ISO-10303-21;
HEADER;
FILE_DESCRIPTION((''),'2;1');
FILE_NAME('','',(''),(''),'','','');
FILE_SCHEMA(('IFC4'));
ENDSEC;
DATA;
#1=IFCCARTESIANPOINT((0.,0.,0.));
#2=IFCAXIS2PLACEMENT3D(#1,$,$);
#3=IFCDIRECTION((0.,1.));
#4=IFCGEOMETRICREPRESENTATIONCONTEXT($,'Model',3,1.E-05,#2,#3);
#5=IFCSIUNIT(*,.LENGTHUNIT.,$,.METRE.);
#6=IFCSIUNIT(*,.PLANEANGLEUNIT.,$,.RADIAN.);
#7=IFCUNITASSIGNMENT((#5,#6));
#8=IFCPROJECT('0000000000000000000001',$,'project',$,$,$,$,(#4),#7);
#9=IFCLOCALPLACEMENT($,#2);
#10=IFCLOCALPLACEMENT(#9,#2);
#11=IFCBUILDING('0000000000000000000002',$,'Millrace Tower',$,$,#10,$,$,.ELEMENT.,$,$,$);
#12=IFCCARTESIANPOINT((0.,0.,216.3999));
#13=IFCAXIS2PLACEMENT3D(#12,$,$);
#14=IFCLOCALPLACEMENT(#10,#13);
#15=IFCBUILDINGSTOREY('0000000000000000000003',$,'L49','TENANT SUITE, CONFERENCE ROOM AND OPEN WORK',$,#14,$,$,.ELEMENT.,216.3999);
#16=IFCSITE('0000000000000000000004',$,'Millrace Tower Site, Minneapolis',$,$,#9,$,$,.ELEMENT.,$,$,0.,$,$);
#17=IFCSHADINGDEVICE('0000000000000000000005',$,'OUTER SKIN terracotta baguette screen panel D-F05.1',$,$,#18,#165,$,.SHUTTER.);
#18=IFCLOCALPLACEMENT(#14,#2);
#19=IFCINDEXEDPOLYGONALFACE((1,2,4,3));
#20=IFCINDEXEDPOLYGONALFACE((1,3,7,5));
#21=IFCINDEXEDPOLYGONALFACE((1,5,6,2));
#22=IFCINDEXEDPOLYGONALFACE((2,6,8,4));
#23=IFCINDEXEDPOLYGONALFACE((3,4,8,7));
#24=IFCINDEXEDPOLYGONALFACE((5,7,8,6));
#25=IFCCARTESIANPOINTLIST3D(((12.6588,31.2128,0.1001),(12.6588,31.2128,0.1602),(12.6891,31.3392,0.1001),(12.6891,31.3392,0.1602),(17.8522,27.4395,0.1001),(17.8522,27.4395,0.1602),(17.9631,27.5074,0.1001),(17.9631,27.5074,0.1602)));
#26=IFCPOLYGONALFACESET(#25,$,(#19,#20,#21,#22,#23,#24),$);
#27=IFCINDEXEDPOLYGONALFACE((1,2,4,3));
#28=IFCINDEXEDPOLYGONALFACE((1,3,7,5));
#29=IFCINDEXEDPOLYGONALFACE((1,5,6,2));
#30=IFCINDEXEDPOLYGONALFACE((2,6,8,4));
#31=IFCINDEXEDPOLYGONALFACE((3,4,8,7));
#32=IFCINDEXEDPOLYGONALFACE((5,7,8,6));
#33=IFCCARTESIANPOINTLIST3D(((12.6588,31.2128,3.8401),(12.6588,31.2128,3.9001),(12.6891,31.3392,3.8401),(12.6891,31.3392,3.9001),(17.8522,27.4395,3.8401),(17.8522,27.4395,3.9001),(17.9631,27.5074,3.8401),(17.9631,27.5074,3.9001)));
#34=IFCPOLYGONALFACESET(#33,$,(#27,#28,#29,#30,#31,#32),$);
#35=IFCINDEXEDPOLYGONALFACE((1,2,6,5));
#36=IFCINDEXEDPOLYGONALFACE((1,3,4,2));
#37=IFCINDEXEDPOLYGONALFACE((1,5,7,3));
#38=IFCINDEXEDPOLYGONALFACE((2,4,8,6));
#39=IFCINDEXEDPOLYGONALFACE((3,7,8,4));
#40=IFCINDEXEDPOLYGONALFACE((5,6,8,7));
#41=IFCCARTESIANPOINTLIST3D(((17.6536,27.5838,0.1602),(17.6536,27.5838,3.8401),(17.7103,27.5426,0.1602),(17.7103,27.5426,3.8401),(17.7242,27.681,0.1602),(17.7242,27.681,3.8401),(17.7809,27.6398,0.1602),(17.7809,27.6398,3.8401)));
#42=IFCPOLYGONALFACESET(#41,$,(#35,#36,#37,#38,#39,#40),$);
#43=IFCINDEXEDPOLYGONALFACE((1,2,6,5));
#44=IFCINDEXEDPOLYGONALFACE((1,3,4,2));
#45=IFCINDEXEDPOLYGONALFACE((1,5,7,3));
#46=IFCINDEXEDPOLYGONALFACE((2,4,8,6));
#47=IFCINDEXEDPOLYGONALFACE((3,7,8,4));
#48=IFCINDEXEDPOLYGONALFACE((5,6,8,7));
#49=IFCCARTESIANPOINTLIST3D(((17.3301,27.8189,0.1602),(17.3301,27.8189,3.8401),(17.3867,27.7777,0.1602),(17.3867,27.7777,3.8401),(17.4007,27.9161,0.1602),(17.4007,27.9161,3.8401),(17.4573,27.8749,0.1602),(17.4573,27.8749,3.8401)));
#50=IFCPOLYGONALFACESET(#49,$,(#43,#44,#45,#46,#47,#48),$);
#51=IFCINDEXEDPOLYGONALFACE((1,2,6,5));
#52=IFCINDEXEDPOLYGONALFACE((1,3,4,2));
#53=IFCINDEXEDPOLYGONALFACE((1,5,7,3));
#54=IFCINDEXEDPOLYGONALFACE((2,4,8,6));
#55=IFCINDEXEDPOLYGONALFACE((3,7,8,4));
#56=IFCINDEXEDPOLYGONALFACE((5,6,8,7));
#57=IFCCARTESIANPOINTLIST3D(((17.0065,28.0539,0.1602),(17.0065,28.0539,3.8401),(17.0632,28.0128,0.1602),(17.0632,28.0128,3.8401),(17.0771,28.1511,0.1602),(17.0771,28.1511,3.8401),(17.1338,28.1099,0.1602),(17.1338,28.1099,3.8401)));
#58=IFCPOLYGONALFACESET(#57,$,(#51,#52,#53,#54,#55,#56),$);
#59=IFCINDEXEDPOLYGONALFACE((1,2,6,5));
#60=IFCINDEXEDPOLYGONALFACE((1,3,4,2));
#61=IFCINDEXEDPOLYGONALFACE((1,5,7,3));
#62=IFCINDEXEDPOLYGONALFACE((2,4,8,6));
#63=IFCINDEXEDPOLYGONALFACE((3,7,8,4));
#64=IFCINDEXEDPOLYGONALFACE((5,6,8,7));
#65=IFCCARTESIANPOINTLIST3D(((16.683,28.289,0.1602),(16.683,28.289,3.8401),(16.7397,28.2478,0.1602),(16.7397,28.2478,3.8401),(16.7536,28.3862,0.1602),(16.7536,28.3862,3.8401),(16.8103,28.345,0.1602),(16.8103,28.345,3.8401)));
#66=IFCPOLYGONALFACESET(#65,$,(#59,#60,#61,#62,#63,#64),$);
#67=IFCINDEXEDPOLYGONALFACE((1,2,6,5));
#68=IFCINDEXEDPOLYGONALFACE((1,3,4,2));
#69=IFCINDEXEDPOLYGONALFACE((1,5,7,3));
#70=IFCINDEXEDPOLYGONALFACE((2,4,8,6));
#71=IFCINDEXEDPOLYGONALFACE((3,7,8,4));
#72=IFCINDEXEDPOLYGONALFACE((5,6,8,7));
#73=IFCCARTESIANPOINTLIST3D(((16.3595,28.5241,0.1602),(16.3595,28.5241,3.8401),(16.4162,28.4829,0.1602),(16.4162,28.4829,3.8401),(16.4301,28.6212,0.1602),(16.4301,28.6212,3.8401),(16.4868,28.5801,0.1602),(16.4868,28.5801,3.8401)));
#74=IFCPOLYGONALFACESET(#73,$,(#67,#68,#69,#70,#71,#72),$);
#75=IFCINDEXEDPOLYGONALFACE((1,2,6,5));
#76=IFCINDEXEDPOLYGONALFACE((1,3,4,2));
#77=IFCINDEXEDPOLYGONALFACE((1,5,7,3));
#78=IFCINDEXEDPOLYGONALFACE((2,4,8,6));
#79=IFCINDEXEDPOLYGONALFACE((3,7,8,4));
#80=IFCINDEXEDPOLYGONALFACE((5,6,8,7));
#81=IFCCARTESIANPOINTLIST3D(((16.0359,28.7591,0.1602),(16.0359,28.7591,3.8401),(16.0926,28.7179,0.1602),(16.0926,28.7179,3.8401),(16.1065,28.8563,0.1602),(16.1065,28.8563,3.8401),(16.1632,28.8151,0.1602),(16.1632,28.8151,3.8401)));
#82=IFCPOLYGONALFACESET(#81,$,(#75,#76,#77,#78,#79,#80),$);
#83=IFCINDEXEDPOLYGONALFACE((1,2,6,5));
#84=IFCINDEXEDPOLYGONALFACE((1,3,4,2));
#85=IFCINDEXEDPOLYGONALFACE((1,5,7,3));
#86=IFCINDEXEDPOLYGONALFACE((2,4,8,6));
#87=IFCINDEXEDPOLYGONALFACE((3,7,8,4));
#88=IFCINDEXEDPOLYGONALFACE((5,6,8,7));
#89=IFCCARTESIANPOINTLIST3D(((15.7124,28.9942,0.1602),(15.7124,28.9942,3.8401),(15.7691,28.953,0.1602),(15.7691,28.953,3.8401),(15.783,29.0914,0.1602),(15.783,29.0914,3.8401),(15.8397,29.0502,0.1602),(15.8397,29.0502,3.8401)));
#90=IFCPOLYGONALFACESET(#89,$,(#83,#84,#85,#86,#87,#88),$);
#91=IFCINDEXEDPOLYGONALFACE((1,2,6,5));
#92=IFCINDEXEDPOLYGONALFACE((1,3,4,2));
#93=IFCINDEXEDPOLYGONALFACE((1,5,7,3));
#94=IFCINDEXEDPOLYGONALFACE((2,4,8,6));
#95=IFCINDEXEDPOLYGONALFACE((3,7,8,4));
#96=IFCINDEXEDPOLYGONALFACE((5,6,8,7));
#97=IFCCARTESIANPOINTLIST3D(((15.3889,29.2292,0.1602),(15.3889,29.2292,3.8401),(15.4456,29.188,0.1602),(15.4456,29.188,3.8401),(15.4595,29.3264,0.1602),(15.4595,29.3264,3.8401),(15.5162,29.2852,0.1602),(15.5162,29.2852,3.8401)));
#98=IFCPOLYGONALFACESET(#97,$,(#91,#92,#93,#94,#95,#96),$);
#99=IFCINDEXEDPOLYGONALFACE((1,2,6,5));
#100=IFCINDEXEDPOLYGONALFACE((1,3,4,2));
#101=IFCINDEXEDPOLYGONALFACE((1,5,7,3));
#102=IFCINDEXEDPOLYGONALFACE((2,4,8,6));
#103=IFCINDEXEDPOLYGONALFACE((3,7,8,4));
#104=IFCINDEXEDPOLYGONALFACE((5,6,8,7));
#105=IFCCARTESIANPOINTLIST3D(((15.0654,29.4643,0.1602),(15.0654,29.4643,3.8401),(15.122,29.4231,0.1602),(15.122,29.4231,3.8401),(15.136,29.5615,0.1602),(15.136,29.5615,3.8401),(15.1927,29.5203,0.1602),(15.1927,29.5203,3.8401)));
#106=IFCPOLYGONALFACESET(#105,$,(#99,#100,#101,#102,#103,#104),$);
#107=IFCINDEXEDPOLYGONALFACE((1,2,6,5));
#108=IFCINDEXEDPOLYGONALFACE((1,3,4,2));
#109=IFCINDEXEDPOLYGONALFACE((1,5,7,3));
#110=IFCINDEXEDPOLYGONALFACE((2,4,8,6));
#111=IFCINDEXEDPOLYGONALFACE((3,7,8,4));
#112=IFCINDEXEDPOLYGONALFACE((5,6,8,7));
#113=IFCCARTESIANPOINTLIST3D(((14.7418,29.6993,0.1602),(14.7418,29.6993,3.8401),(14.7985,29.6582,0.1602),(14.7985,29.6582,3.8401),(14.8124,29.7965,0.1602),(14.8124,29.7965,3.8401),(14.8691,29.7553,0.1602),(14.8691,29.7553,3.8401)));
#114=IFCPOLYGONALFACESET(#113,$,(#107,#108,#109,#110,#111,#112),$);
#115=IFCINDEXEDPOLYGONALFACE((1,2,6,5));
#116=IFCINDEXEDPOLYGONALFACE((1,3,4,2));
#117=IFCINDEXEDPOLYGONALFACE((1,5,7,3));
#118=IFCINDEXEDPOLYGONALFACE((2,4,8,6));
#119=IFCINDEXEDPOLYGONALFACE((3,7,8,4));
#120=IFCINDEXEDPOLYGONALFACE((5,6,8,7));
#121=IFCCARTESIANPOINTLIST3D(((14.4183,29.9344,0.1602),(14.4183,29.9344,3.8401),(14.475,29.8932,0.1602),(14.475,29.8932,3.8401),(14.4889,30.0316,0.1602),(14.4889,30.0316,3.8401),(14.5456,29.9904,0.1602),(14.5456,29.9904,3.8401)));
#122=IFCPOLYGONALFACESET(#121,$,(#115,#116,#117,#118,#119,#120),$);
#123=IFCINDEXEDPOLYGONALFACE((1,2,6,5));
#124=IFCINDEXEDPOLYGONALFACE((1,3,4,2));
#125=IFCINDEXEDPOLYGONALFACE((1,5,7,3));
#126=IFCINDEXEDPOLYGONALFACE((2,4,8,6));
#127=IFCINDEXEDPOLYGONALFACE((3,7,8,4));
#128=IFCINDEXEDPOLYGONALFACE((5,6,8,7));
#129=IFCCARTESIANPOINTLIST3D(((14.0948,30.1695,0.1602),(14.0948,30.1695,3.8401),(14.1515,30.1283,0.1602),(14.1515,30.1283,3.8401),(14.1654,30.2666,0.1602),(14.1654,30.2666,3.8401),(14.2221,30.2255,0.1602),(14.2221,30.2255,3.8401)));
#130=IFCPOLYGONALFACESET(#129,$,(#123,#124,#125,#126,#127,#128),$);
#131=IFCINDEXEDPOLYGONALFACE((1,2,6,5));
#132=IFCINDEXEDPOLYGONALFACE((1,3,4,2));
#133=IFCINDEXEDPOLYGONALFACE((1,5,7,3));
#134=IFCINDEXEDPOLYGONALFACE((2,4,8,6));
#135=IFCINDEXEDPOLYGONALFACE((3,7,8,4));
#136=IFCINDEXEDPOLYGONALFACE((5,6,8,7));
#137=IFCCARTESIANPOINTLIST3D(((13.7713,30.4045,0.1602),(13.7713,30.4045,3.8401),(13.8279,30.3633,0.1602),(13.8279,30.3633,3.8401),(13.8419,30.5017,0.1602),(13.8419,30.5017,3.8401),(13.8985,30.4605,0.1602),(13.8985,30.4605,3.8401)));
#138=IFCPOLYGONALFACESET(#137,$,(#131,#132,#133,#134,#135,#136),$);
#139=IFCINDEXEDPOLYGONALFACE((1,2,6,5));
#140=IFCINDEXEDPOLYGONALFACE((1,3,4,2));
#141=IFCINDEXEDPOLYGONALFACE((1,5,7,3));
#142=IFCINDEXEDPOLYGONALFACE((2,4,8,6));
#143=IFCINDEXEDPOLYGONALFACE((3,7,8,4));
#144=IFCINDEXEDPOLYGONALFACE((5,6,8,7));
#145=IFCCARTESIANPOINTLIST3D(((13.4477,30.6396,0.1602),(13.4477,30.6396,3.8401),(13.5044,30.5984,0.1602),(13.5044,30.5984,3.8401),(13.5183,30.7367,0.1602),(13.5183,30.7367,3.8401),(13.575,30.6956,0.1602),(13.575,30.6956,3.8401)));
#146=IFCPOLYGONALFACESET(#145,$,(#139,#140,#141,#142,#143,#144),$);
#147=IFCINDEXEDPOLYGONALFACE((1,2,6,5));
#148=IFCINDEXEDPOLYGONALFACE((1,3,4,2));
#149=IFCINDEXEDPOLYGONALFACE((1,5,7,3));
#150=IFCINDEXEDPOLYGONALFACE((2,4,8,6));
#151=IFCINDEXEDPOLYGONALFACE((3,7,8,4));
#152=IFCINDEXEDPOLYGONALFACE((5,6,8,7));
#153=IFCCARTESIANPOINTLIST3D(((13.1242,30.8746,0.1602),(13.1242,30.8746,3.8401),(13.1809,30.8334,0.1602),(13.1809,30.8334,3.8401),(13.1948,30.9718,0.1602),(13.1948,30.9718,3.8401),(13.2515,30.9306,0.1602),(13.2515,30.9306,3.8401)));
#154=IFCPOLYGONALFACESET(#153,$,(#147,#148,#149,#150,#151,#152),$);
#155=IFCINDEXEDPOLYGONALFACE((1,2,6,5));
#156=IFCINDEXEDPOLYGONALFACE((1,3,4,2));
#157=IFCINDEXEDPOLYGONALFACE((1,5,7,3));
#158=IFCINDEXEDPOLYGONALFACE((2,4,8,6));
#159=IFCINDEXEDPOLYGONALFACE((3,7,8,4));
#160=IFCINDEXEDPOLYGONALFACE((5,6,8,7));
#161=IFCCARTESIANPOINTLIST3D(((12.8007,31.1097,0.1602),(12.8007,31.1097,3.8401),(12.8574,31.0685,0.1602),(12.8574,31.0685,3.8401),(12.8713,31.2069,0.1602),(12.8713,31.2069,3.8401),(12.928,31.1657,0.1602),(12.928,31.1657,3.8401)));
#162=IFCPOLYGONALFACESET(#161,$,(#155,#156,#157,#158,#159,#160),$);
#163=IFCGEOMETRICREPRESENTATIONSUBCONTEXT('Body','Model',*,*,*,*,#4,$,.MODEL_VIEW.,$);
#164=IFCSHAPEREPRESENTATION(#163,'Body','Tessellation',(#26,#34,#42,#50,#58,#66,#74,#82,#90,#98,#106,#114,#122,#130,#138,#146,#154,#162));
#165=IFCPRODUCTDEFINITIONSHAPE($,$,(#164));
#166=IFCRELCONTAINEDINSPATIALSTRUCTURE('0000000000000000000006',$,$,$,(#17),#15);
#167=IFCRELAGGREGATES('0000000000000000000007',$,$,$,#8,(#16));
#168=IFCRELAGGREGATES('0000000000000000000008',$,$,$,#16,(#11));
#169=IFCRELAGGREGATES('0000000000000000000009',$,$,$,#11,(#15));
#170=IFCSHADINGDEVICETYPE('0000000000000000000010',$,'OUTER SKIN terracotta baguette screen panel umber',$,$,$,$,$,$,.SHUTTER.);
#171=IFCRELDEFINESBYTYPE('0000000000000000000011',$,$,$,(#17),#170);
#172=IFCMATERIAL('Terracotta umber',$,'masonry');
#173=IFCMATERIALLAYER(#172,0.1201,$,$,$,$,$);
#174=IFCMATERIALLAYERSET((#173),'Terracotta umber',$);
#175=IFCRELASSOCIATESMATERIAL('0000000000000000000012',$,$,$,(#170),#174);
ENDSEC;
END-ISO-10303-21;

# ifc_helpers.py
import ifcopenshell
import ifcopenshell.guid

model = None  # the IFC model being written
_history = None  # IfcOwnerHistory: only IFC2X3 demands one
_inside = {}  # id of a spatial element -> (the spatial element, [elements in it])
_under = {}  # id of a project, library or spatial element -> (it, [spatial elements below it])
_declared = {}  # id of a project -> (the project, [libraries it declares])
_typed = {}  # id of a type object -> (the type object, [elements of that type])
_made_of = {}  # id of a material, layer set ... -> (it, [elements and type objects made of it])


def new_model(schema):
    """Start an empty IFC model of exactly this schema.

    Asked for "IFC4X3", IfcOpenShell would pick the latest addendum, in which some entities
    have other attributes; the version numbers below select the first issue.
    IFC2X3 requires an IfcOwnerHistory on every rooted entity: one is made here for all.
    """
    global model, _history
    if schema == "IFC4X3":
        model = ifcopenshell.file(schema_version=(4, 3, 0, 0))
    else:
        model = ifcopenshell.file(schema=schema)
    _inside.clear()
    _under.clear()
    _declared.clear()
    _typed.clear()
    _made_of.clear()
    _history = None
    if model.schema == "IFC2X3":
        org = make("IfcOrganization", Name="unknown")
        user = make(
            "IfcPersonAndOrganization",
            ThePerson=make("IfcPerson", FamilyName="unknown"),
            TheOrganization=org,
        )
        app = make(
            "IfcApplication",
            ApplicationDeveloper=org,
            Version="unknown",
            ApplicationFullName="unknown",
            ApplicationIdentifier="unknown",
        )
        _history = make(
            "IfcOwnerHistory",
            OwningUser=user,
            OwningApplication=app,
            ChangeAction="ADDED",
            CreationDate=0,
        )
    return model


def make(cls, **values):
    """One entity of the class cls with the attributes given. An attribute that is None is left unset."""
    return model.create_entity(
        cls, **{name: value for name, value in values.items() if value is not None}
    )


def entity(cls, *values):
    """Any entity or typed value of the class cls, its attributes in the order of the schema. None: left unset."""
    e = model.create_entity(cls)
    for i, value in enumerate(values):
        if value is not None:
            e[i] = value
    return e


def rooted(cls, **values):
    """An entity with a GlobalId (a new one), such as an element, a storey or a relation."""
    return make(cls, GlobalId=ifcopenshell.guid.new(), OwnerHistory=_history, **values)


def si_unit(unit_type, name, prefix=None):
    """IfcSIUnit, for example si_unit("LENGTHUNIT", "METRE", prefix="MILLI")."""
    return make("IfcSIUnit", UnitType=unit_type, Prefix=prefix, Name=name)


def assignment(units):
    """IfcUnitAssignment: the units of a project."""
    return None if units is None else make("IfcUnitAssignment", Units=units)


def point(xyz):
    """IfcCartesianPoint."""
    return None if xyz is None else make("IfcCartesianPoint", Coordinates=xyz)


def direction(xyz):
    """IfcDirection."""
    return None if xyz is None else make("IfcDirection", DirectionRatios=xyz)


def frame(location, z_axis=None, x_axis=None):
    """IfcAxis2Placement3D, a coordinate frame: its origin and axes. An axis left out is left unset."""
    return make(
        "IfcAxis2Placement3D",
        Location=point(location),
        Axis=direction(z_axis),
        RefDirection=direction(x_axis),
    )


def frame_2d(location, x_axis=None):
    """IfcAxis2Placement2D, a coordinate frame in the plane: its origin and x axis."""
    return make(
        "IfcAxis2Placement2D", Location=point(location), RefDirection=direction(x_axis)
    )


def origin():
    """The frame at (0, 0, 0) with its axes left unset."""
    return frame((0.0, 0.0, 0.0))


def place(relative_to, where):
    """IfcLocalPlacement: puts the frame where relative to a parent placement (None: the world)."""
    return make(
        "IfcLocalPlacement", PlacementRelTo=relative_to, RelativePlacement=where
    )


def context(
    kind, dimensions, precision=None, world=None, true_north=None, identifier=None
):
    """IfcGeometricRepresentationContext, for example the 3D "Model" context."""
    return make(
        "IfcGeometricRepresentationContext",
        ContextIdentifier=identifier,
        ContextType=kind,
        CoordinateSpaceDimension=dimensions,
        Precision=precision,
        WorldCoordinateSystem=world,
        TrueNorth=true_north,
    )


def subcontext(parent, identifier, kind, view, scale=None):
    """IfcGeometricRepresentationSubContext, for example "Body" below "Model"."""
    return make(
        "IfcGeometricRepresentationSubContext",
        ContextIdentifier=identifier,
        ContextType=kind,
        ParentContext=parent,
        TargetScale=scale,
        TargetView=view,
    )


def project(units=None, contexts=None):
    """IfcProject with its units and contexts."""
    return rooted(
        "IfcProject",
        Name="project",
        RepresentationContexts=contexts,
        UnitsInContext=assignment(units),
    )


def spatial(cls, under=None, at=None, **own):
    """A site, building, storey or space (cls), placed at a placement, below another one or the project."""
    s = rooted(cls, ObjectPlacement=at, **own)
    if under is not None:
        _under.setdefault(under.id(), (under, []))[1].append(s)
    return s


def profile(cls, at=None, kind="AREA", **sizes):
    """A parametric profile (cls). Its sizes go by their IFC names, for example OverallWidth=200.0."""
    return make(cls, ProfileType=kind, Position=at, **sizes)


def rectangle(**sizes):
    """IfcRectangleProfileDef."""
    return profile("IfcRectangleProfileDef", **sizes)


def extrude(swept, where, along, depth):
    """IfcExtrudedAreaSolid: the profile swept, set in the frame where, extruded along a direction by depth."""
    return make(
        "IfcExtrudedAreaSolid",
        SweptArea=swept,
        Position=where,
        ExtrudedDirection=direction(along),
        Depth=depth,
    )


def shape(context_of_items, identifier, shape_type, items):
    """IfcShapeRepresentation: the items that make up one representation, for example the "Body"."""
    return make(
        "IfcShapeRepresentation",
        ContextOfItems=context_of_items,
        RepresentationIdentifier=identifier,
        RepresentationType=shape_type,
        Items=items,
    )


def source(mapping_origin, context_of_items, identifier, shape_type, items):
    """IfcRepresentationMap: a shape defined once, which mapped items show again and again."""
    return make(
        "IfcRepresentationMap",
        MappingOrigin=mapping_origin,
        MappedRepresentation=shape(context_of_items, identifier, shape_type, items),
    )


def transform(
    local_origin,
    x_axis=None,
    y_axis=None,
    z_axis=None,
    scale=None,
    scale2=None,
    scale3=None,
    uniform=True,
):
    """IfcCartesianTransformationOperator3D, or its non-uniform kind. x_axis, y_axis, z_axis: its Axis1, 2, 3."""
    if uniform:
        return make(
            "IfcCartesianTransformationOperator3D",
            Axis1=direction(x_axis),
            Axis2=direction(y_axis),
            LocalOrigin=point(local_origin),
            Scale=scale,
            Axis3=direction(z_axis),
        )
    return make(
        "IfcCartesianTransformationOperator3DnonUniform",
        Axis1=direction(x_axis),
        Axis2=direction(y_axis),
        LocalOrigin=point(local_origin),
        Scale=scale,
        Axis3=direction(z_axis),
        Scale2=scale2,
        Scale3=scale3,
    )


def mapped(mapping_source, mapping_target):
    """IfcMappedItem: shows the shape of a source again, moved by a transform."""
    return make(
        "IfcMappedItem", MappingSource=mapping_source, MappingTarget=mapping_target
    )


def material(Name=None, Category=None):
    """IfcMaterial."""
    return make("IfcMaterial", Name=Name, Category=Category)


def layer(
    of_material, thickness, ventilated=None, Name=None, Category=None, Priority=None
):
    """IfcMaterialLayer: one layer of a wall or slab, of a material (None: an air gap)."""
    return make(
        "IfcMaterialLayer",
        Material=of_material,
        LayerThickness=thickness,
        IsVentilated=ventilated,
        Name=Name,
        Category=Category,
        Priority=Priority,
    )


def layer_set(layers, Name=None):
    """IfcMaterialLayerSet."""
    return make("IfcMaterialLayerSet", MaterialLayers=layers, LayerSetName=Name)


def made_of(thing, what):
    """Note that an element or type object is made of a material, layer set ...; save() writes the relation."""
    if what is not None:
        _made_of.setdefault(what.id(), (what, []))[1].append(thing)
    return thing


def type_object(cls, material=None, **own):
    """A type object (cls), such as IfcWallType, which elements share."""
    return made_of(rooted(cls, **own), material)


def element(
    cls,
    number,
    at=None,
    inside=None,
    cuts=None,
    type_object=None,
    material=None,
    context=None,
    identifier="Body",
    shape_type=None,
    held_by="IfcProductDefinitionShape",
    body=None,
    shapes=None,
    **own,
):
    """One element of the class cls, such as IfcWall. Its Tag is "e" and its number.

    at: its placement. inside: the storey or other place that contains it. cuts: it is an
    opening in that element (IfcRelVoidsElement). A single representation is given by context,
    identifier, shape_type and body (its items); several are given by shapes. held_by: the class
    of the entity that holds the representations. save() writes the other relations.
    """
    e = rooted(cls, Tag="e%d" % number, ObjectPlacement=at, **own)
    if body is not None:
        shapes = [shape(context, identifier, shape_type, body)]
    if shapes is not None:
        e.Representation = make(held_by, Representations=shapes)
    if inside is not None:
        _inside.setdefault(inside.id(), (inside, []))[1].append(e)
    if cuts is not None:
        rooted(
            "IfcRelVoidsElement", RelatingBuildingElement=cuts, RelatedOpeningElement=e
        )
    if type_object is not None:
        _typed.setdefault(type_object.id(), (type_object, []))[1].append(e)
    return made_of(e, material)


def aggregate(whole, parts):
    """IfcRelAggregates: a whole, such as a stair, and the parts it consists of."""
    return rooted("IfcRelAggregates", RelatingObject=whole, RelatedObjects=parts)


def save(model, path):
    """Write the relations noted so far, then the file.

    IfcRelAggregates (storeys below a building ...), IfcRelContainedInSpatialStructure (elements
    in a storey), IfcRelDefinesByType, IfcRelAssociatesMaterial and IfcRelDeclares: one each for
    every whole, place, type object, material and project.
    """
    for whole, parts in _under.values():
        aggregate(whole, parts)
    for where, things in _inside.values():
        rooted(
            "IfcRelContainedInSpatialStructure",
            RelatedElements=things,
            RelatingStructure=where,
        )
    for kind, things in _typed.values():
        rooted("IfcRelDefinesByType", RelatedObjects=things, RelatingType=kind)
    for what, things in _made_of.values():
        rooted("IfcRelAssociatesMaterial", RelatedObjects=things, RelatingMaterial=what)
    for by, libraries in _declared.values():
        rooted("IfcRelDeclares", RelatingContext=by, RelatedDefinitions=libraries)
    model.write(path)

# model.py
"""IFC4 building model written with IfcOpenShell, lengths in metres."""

from ifc_helpers import new_model, entity, si_unit, direction, frame, frame_2d, origin, place, context, subcontext, project, spatial, rectangle, extrude, source, transform, mapped, material, layer, layer_set, type_object, element, save


model = new_model("IFC4")

# Units and contexts
model_context = context("Model", 3, precision=1e-05, world=origin(), true_north=direction((0.0, 1.0)))
body_context = subcontext(model_context, "Body", "Model", "MODEL_VIEW")
ifc_project = project(units=[si_unit("LENGTHUNIT", "METRE"), si_unit("PLANEANGLEUNIT", "RADIAN")], contexts=[model_context])

# Site, building, storey
site_placement = place(None, origin())
site = spatial("IfcSite", under=ifc_project, at=site_placement, Name="Millrace Tower Site, Minneapolis", CompositionType="ELEMENT", RefElevation=0.0)
building_placement = place(site_placement, origin())
building = spatial("IfcBuilding", under=site, at=building_placement, Name="Millrace Tower", CompositionType="ELEMENT")
storey_placement = place(building_placement, frame((0.0, 0.0, 216.3999)))
storey = spatial("IfcBuildingStorey", under=building, at=storey_placement, Name="L49", Description="TENANT SUITE, CONFERENCE ROOM AND OPEN WORK", CompositionType="ELEMENT", Elevation=216.3999)

# Shading device
ifc_material_1 = material(Name="Terracotta umber", Category="masonry")
ifc_layer_1 = layer(ifc_material_1, 0.1201)
ifc_layer_set_1 = layer_set([ifc_layer_1], Name="Terracotta umber")
shading_device_type = type_object("IfcShadingDeviceType", Name="OUTER SKIN terracotta baguette screen panel umber", PredefinedType="SHUTTER", material=ifc_layer_set_1)
cartesian_point_1 = entity("IfcCartesianPoint", [-3.2097, 0.0601])
shared_polyline_1 = entity("IfcPolyline", [cartesian_point_1, entity("IfcCartesianPoint", [3.2097, 0.0601]), entity("IfcCartesianPoint", [3.2595, -0.0601]), entity("IfcCartesianPoint", [-3.2595, -0.0601]), cartesian_point_1])
shared_shape_1 = source(origin(), body_context, "Body", "SweptSolid", [
    entity("IfcExtrudedAreaSolid", entity("IfcArbitraryClosedProfileDef", "AREA", None, shared_polyline_1), entity("IfcAxis2Placement3D", entity("IfcCartesianPoint", [0.0, 0.0, 0.0])), entity("IfcDirection", [0.0, 0.0, 1.0]), 0.0601),
    entity("IfcExtrudedAreaSolid", entity("IfcArbitraryClosedProfileDef", "AREA", None, shared_polyline_1), entity("IfcAxis2Placement3D", entity("IfcCartesianPoint", [0.0, 0.0, 3.74])), entity("IfcDirection", [0.0, 0.0, 1.0]), 0.0601),
    extrude(rectangle(XDim=0.0701, YDim=0.1201, at=frame_2d((-2.9993, 0.0))), frame((0.0, 0.0, 0.0601)), (0.0, 0.0, 1.0), 3.6799),
    extrude(rectangle(XDim=0.0701, YDim=0.1201, at=frame_2d((-2.5994, 0.0))), frame((0.0, 0.0, 0.0601)), (0.0, 0.0, 1.0), 3.6799),
    extrude(rectangle(XDim=0.0701, YDim=0.1201, at=frame_2d((-2.1995, 0.0))), frame((0.0, 0.0, 0.0601)), (0.0, 0.0, 1.0), 3.6799),
    extrude(rectangle(XDim=0.0701, YDim=0.1201, at=frame_2d((-1.7996, 0.0))), frame((0.0, 0.0, 0.0601)), (0.0, 0.0, 1.0), 3.6799),
    extrude(rectangle(XDim=0.0701, YDim=0.1201, at=frame_2d((-1.3997, 0.0))), frame((0.0, 0.0, 0.0601)), (0.0, 0.0, 1.0), 3.6799),
    extrude(rectangle(XDim=0.0701, YDim=0.1201, at=frame_2d((-0.9998, 0.0))), frame((0.0, 0.0, 0.0601)), (0.0, 0.0, 1.0), 3.6799),
    extrude(rectangle(XDim=0.0701, YDim=0.1201, at=frame_2d((-0.5999, 0.0))), frame((0.0, 0.0, 0.0601)), (0.0, 0.0, 1.0), 3.6799),
    extrude(rectangle(XDim=0.0701, YDim=0.1201, at=frame_2d((-0.2, 0.0))), frame((0.0, 0.0, 0.0601)), (0.0, 0.0, 1.0), 3.6799),
    extrude(rectangle(XDim=0.0701, YDim=0.1201, at=frame_2d((0.2, 0.0))), frame((0.0, 0.0, 0.0601)), (0.0, 0.0, 1.0), 3.6799),
    extrude(rectangle(XDim=0.0701, YDim=0.1201, at=frame_2d((0.5999, 0.0))), frame((0.0, 0.0, 0.0601)), (0.0, 0.0, 1.0), 3.6799),
    extrude(rectangle(XDim=0.0701, YDim=0.1201, at=frame_2d((0.9998, 0.0))), frame((0.0, 0.0, 0.0601)), (0.0, 0.0, 1.0), 3.6799),
    extrude(rectangle(XDim=0.0701, YDim=0.1201, at=frame_2d((1.3997, 0.0))), frame((0.0, 0.0, 0.0601)), (0.0, 0.0, 1.0), 3.6799),
    extrude(rectangle(XDim=0.0701, YDim=0.1201, at=frame_2d((1.7996, 0.0))), frame((0.0, 0.0, 0.0601)), (0.0, 0.0, 1.0), 3.6799),
    extrude(rectangle(XDim=0.0701, YDim=0.1201, at=frame_2d((2.1995, 0.0))), frame((0.0, 0.0, 0.0601)), (0.0, 0.0, 1.0), 3.6799),
    extrude(rectangle(XDim=0.0701, YDim=0.1201, at=frame_2d((2.5994, 0.0))), frame((0.0, 0.0, 0.0601)), (0.0, 0.0, 1.0), 3.6799),
    extrude(rectangle(XDim=0.0701, YDim=0.1201, at=frame_2d((2.9993, 0.0))), frame((0.0, 0.0, 0.0601)), (0.0, 0.0, 1.0), 3.6799),
])
shading_device_1_placement = place(storey_placement, frame((15.2908, 29.3748, 0.1001), z_axis=(0.0, 0.0, 1.0), x_axis=(-0.809017, 0.587785, 0.0)))
element("IfcShadingDevice", 1, at=shading_device_1_placement, inside=storey, type_object=shading_device_type, Name="OUTER SKIN terracotta baguette screen panel D-F05.1", PredefinedType="SHUTTER", context=body_context, shape_type="MappedRepresentation", body=[
    mapped(shared_shape_1, transform((0.0, 0.0, 0.0), scale=1.0)),
])

save(model, "model.ifc")
